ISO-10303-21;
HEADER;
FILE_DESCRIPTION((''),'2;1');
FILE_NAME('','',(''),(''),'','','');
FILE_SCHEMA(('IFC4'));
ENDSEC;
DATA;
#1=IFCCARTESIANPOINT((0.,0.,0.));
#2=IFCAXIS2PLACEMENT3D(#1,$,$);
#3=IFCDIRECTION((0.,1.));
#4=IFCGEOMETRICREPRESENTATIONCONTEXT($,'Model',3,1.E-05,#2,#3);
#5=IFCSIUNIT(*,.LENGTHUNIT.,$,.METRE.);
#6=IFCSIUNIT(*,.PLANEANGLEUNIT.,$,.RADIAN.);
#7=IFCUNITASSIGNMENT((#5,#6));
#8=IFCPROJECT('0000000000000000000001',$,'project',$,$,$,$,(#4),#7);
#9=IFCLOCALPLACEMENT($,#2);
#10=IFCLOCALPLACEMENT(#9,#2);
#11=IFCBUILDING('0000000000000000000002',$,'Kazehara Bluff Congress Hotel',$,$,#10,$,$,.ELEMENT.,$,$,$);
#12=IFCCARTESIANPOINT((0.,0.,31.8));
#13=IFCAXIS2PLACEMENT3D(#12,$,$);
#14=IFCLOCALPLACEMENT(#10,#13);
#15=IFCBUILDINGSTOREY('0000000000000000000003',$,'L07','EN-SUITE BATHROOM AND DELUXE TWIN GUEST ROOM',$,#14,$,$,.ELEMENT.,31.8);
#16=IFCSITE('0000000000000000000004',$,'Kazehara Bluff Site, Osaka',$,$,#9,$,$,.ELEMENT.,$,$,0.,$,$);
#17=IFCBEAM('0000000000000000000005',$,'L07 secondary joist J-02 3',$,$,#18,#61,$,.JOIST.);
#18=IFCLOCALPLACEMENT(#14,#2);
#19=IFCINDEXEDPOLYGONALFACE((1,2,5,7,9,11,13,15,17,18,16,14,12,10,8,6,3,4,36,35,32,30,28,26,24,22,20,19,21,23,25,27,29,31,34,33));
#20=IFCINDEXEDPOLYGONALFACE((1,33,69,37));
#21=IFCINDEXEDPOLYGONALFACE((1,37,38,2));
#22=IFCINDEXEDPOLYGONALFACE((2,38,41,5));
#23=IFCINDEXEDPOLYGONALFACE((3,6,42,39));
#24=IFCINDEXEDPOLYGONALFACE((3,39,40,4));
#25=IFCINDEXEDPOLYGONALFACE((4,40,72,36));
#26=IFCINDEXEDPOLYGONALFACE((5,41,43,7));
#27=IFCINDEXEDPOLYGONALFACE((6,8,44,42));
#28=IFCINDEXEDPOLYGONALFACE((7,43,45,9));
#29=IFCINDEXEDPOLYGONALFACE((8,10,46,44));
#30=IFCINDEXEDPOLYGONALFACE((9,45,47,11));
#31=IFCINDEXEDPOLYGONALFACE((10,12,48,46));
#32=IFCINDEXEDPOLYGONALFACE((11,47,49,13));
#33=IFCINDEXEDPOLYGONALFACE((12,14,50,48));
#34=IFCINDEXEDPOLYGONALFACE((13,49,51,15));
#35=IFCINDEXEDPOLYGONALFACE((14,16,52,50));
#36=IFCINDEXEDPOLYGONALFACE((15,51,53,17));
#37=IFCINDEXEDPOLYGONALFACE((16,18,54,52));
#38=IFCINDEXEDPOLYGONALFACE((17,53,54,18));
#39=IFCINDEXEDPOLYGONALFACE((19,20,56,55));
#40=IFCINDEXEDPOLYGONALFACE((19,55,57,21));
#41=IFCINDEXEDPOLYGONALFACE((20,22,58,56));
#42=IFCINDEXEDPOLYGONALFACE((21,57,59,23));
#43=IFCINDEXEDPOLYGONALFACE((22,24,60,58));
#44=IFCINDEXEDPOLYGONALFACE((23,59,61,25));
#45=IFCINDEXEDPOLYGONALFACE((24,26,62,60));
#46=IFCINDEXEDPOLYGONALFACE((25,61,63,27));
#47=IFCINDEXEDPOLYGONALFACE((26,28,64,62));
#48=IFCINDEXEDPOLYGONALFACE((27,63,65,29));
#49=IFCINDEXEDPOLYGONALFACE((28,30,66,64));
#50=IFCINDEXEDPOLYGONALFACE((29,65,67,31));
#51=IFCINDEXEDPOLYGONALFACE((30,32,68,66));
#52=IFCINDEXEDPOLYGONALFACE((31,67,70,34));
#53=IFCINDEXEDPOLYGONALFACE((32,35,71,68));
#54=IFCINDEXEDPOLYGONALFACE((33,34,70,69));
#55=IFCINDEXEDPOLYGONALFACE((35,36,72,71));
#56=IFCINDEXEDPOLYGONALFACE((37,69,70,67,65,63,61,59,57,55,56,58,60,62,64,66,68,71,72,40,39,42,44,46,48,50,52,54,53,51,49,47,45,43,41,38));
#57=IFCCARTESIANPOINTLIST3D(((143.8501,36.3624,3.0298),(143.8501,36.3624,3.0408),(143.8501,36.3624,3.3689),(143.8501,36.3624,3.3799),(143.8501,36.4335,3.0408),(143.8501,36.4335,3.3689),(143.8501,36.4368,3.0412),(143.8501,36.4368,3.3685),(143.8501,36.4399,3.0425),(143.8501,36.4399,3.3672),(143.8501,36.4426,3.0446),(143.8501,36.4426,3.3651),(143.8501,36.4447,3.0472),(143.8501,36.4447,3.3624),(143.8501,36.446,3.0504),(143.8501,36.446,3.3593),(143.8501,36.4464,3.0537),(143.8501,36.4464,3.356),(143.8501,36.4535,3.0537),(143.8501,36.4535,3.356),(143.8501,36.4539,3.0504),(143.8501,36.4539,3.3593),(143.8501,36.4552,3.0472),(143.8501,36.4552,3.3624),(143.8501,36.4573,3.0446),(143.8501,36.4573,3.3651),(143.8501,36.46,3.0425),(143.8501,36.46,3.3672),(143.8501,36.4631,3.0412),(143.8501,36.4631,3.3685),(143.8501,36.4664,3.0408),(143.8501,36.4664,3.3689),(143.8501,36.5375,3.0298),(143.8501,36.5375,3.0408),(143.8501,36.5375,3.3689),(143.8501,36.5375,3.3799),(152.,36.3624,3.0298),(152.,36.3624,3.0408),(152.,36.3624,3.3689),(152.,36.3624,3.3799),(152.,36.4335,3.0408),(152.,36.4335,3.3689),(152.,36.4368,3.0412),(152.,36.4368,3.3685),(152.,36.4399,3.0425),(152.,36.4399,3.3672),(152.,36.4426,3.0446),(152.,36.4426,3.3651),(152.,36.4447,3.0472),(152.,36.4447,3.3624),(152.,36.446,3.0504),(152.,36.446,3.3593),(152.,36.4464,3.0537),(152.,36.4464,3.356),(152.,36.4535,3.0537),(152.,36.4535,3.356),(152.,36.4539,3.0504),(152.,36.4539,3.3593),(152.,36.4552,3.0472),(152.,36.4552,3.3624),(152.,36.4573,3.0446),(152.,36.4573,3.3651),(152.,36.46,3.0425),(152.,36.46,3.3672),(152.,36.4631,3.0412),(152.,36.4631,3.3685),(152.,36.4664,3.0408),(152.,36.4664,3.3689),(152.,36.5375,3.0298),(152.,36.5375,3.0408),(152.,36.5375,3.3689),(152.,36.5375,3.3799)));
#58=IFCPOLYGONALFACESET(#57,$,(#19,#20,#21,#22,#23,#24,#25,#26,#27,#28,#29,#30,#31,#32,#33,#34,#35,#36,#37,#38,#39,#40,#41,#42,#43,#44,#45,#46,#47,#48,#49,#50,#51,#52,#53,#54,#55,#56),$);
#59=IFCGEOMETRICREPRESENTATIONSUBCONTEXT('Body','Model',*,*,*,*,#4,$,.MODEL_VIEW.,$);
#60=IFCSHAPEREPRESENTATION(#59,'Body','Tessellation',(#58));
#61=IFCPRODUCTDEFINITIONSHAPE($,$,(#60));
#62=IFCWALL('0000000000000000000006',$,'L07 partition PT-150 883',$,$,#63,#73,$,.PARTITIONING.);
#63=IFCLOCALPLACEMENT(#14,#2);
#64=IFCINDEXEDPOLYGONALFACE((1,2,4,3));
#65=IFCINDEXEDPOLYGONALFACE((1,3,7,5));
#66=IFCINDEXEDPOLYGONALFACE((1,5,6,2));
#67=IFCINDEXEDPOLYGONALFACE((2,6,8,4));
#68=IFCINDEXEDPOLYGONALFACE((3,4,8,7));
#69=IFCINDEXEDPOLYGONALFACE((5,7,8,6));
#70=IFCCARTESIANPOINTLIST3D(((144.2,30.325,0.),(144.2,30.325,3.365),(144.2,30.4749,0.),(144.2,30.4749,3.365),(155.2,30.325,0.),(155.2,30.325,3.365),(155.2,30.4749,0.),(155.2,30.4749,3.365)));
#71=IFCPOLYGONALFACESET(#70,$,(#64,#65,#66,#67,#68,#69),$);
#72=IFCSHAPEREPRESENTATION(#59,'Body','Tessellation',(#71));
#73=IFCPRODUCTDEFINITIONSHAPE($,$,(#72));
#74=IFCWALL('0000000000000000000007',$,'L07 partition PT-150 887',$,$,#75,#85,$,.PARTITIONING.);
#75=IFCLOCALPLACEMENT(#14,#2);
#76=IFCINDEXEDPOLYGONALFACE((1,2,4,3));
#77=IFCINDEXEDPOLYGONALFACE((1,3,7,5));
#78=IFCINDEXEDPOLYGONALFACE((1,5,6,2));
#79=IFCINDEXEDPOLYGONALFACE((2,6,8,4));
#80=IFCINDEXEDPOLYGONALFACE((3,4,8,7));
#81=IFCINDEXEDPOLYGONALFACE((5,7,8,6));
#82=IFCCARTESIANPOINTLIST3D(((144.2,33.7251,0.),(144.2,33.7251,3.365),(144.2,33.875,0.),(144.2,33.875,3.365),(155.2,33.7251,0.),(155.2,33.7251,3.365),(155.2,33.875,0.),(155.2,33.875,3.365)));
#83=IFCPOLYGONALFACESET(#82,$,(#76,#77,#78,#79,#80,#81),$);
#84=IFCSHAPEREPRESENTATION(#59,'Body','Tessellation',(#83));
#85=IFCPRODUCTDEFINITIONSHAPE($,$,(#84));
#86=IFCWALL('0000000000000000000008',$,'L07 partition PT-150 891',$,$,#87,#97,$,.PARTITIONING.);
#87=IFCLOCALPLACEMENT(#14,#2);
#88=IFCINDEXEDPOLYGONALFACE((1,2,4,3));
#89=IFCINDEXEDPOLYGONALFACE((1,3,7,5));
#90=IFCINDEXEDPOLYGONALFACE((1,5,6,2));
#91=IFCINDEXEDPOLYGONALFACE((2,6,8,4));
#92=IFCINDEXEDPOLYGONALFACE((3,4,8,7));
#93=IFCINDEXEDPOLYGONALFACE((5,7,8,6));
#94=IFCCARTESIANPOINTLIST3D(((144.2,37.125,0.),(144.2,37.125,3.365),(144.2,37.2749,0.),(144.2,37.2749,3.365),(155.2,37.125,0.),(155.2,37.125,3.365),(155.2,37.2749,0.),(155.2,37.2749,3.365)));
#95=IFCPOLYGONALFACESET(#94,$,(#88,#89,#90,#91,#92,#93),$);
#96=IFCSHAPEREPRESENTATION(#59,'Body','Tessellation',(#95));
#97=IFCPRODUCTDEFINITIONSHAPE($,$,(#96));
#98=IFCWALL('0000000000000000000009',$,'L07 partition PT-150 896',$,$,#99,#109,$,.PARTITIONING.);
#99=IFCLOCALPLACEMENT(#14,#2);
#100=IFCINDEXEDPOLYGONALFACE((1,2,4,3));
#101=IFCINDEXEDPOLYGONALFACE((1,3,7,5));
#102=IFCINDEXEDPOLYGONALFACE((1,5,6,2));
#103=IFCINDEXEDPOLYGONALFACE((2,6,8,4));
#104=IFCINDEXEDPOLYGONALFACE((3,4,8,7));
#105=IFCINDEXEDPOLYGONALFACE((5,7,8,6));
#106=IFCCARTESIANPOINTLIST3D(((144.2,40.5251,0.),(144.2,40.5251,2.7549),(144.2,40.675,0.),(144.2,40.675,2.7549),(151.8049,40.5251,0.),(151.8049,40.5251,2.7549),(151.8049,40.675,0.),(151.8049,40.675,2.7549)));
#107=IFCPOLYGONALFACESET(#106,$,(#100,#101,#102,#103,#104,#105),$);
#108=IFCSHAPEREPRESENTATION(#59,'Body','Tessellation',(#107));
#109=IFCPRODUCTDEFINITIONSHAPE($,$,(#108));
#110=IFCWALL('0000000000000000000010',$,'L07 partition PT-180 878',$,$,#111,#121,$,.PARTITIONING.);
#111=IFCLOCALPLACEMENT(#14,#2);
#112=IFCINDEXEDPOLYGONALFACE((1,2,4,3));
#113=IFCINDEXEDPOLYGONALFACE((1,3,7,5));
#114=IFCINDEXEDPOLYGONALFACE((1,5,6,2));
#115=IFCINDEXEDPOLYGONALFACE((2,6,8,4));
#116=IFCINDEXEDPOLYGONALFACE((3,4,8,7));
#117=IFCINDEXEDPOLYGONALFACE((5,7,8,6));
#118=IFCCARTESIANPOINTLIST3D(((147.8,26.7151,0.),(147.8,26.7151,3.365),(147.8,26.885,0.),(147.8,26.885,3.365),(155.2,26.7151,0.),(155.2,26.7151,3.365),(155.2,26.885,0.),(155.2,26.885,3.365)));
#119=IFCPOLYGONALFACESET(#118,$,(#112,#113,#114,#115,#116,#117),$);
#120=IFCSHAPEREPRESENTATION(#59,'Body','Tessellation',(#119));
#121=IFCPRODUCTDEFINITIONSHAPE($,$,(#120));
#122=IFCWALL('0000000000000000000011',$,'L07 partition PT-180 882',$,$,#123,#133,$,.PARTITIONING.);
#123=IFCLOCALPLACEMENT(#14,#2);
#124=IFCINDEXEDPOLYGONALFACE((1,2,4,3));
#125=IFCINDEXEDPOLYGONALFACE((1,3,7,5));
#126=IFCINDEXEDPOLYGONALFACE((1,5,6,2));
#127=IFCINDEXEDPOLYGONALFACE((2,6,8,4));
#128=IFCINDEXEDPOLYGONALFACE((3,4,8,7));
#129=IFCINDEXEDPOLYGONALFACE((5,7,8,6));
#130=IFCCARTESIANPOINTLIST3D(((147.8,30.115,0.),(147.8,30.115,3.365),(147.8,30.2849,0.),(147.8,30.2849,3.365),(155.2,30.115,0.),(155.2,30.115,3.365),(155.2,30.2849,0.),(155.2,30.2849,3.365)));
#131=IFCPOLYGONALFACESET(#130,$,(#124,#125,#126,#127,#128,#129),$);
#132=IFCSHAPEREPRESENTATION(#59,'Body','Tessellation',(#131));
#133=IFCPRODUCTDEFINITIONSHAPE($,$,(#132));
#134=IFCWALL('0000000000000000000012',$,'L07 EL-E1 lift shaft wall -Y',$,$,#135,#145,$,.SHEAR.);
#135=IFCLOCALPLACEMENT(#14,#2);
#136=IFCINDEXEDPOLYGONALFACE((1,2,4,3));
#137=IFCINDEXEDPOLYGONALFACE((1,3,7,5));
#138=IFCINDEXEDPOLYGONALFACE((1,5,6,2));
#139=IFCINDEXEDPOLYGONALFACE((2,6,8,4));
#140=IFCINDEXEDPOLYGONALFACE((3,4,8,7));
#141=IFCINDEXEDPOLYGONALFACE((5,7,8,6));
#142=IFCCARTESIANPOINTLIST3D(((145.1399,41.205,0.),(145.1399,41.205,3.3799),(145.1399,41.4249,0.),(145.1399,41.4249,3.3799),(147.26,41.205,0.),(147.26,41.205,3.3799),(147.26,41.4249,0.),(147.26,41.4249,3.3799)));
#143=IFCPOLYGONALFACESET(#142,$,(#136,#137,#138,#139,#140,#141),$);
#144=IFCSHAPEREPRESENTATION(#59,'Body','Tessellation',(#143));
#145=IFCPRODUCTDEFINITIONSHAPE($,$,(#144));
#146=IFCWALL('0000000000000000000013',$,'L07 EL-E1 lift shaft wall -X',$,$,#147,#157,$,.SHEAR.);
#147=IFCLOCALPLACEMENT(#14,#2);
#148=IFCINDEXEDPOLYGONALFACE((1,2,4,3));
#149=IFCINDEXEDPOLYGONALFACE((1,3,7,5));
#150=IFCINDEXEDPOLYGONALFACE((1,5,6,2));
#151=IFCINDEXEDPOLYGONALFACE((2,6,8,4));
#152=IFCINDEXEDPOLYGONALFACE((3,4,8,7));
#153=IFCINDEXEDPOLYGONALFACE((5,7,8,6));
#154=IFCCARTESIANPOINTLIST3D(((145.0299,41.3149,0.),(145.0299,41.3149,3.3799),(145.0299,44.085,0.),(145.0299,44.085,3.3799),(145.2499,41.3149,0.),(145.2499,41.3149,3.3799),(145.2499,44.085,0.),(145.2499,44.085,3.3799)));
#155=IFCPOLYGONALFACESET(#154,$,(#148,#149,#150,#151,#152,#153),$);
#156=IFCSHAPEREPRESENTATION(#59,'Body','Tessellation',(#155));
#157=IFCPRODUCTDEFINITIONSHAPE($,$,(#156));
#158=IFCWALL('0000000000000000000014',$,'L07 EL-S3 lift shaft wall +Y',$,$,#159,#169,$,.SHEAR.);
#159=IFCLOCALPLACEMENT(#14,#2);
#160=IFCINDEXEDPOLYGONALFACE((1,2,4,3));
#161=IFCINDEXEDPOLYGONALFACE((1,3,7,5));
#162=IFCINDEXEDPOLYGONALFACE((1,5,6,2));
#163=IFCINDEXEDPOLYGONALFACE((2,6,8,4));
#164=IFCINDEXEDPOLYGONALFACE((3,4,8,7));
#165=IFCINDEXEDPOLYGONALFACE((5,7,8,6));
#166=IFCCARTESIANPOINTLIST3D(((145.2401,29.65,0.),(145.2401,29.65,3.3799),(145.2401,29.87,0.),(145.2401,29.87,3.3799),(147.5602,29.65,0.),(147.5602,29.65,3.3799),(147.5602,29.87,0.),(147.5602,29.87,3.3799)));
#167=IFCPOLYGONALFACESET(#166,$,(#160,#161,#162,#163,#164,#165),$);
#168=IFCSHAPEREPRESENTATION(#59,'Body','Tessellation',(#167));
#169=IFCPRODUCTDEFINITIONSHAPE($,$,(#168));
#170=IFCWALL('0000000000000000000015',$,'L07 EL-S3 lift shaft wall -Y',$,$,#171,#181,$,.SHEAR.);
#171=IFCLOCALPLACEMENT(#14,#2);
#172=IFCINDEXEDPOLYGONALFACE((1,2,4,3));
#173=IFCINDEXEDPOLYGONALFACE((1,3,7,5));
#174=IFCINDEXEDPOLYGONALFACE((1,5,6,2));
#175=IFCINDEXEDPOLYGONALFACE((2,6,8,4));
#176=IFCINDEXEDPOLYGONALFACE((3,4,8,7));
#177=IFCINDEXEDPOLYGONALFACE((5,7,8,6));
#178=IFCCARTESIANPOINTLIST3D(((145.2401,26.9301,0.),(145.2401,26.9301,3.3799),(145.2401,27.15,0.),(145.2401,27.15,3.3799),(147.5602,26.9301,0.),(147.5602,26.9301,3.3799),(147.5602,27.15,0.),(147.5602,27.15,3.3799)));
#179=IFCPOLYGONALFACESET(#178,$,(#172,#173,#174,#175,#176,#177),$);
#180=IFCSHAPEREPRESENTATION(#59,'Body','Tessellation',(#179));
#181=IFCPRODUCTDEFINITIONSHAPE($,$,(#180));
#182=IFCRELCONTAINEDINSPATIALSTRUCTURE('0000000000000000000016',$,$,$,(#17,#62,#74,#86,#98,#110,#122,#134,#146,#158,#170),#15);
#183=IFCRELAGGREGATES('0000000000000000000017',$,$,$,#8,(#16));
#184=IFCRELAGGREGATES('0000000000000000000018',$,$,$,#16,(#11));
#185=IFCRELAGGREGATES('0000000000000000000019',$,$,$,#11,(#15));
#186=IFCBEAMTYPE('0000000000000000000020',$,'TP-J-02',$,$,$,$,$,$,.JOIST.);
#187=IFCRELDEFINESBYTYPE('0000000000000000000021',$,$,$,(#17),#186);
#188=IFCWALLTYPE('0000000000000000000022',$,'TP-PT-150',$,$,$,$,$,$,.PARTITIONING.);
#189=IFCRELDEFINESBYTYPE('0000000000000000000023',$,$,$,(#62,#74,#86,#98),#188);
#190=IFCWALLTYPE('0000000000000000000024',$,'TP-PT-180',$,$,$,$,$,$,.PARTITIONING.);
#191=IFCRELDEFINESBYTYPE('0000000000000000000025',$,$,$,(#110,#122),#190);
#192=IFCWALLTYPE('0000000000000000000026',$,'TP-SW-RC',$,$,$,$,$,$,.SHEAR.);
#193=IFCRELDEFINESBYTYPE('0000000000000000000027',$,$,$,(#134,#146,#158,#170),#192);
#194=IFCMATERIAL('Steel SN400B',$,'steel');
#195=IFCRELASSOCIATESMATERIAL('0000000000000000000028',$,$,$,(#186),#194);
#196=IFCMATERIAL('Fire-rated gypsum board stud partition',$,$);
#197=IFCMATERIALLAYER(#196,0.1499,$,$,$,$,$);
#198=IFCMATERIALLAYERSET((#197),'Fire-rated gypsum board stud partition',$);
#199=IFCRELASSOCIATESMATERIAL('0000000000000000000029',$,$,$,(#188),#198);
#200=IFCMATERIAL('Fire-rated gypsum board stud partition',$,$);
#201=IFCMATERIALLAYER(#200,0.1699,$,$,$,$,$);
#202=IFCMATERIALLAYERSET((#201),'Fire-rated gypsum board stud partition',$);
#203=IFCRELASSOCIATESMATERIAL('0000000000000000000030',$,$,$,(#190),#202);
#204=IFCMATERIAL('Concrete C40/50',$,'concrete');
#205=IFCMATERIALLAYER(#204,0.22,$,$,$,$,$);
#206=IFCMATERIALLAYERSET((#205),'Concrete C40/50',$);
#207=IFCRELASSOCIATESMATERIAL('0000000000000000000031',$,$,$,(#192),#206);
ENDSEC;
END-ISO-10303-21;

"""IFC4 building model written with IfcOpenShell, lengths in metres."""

from ifc_helpers import new_model, si_unit, direction, frame, frame_2d, origin, origin_2d, place, context, subcontext, project, spatial, rectangle, i_section, extrude, material, layer, layer_set, material_profile, profile_set, type_object, element, save


model = new_model("IFC4")

# Units and contexts
model_context = context("Model", 3, precision=1e-05, world=origin(), true_north=direction((0.0, 1.0)))
body_context = subcontext(model_context, "Body", "Model", "MODEL_VIEW")
ifc_project = project(units=[si_unit("LENGTHUNIT", "METRE"), si_unit("PLANEANGLEUNIT", "RADIAN")], contexts=[model_context])

# Site, building, storey
site_placement = place(None, origin())
site = spatial("IfcSite", under=ifc_project, at=site_placement, Name="Kazehara Bluff Site, Osaka", CompositionType="ELEMENT", RefElevation=0.0)
building_placement = place(site_placement, origin())
building = spatial("IfcBuilding", under=site, at=building_placement, Name="Kazehara Bluff Congress Hotel", CompositionType="ELEMENT")
storey_placement = place(building_placement, frame((0.0, 0.0, 31.8)))
storey = spatial("IfcBuildingStorey", under=building, at=storey_placement, Name="L07", Description="EN-SUITE BATHROOM AND DELUXE TWIN GUEST ROOM", CompositionType="ELEMENT", Elevation=31.8)

# Beam
ifc_material_1 = material(Name="Steel SN400B", Category="steel")
ifc_material_profile_1 = material_profile(ifc_material_1, i_section(OverallWidth=0.175, OverallDepth=0.3501, WebThickness=0.0071, FlangeThickness=0.011, FilletRadius=0.0129, at=origin_2d()))
ifc_profile_set_1 = profile_set([ifc_material_profile_1], Name="Steel SN400B")
beam_type_1 = type_object("IfcBeamType", Name="TP-J-02", PredefinedType="JOIST", material=ifc_profile_set_1)
beam_1_placement = place(storey_placement, frame((143.8501, 36.45, 3.2048), z_axis=(1.0, 0.0, 0.0), x_axis=(0.0, 1.0, 0.0)))
element("IfcBeam", 1, at=beam_1_placement, inside=storey, type_object=beam_type_1, Name="L07 secondary joist J-02 3", PredefinedType="JOIST", context=body_context, shape_type="SweptSolid", body=[
    extrude(i_section(OverallWidth=0.175, OverallDepth=0.3501, WebThickness=0.0071, FlangeThickness=0.011, FilletRadius=0.0129, at=origin_2d()), origin(), (0.0, 0.0, 1.0), 8.1499),
])

# Walls
ifc_material_2 = material(Name="Fire-rated gypsum board stud partition")
ifc_layer_1 = layer(ifc_material_2, 0.1499)
ifc_layer_set_1 = layer_set([ifc_layer_1], Name="Fire-rated gypsum board stud partition")
wall_type_1 = type_object("IfcWallType", Name="TP-PT-150", PredefinedType="PARTITIONING", material=ifc_layer_set_1)
for number, where, z_axis, x_axis, name in (
    (2, (144.2, 30.3999, 0.0), (0.0, 0.0, 1.0), (1.0, 0.0, 0.0), "L07 partition PT-150 883"),
    (3, (144.2, 33.8, 0.0), (0.0, 0.0, 1.0), (1.0, 0.0, 0.0), "L07 partition PT-150 887"),
    (4, (144.2, 37.2, 0.0), (0.0, 0.0, 1.0), (1.0, 0.0, 0.0), "L07 partition PT-150 891"),
):
    element("IfcWall", number, at=place(storey_placement, frame(where, z_axis=z_axis, x_axis=x_axis)), inside=storey, type_object=wall_type_1, Name=name, PredefinedType="PARTITIONING", context=body_context, shape_type="SweptSolid", body=[
        extrude(rectangle(XDim=11.0, YDim=0.1499, at=frame_2d((5.5, 0.0))), origin(), (0.0, 0.0, 1.0), 3.365),
    ])
wall_1_placement = place(storey_placement, frame((144.2, 40.6001, 0.0), z_axis=(0.0, 0.0, 1.0), x_axis=(1.0, 0.0, 0.0)))
element("IfcWall", 5, at=wall_1_placement, inside=storey, type_object=wall_type_1, Name="L07 partition PT-150 896", PredefinedType="PARTITIONING", context=body_context, shape_type="SweptSolid", body=[
    extrude(rectangle(XDim=7.605, YDim=0.1499, at=frame_2d((3.8025, 0.0))), origin(), (0.0, 0.0, 1.0), 2.7549),
])
ifc_material_3 = material(Name="Fire-rated gypsum board stud partition")
ifc_layer_2 = layer(ifc_material_3, 0.1699)
ifc_layer_set_2 = layer_set([ifc_layer_2], Name="Fire-rated gypsum board stud partition")
wall_type_2 = type_object("IfcWallType", Name="TP-PT-180", PredefinedType="PARTITIONING", material=ifc_layer_set_2)
for number, where, z_axis, x_axis, name in (
    (6, (147.8, 26.8, 0.0), (0.0, 0.0, 1.0), (1.0, 0.0, 0.0), "L07 partition PT-180 878"),
    (7, (147.8, 30.2, 0.0), (0.0, 0.0, 1.0), (1.0, 0.0, 0.0), "L07 partition PT-180 882"),
):
    element("IfcWall", number, at=place(storey_placement, frame(where, z_axis=z_axis, x_axis=x_axis)), inside=storey, type_object=wall_type_2, Name=name, PredefinedType="PARTITIONING", context=body_context, shape_type="SweptSolid", body=[
        extrude(rectangle(XDim=7.3999, YDim=0.1699, at=frame_2d((3.7, 0.0))), origin(), (0.0, 0.0, 1.0), 3.365),
    ])
ifc_material_4 = material(Name="Concrete C40/50", Category="concrete")
ifc_layer_3 = layer(ifc_material_4, 0.22)
ifc_layer_set_3 = layer_set([ifc_layer_3], Name="Concrete C40/50")
wall_type_3 = type_object("IfcWallType", Name="TP-SW-RC", PredefinedType="SHEAR", material=ifc_layer_set_3)
wall_2_placement = place(storey_placement, frame((145.1399, 41.3149, 0.0), z_axis=(0.0, 0.0, 1.0), x_axis=(1.0, 0.0, 0.0)))
element("IfcWall", 8, at=wall_2_placement, inside=storey, type_object=wall_type_3, Name="L07 EL-E1 lift shaft wall -Y", PredefinedType="SHEAR", context=body_context, shape_type="SweptSolid", body=[
    extrude(rectangle(XDim=2.1201, YDim=0.22, at=frame_2d((1.0601, 0.0))), origin(), (0.0, 0.0, 1.0), 3.3799),
])
wall_3_placement = place(storey_placement, frame((145.1399, 41.3149, 0.0), z_axis=(0.0, 0.0, 1.0), x_axis=(0.0, 1.0, 0.0)))
element("IfcWall", 9, at=wall_3_placement, inside=storey, type_object=wall_type_3, Name="L07 EL-E1 lift shaft wall -X", PredefinedType="SHEAR", context=body_context, shape_type="SweptSolid", body=[
    extrude(rectangle(XDim=2.77, YDim=0.22, at=frame_2d((1.385, 0.0))), origin(), (0.0, 0.0, 1.0), 3.3799),
])
for number, where, z_axis, x_axis, name in (
    (10, (145.24, 29.76, 0.0), (0.0, 0.0, 1.0), (1.0, 0.0, 0.0), "L07 EL-S3 lift shaft wall +Y"),
    (11, (145.24, 27.04, 0.0), (0.0, 0.0, 1.0), (1.0, 0.0, 0.0), "L07 EL-S3 lift shaft wall -Y"),
):
    element("IfcWall", number, at=place(storey_placement, frame(where, z_axis=z_axis, x_axis=x_axis)), inside=storey, type_object=wall_type_3, Name=name, PredefinedType="SHEAR", context=body_context, shape_type="SweptSolid", body=[
        extrude(rectangle(XDim=2.3201, YDim=0.22, at=frame_2d((1.1602, 0.0))), origin(), (0.0, 0.0, 1.0), 3.3799),
    ])

save(model, "model.ifc")
